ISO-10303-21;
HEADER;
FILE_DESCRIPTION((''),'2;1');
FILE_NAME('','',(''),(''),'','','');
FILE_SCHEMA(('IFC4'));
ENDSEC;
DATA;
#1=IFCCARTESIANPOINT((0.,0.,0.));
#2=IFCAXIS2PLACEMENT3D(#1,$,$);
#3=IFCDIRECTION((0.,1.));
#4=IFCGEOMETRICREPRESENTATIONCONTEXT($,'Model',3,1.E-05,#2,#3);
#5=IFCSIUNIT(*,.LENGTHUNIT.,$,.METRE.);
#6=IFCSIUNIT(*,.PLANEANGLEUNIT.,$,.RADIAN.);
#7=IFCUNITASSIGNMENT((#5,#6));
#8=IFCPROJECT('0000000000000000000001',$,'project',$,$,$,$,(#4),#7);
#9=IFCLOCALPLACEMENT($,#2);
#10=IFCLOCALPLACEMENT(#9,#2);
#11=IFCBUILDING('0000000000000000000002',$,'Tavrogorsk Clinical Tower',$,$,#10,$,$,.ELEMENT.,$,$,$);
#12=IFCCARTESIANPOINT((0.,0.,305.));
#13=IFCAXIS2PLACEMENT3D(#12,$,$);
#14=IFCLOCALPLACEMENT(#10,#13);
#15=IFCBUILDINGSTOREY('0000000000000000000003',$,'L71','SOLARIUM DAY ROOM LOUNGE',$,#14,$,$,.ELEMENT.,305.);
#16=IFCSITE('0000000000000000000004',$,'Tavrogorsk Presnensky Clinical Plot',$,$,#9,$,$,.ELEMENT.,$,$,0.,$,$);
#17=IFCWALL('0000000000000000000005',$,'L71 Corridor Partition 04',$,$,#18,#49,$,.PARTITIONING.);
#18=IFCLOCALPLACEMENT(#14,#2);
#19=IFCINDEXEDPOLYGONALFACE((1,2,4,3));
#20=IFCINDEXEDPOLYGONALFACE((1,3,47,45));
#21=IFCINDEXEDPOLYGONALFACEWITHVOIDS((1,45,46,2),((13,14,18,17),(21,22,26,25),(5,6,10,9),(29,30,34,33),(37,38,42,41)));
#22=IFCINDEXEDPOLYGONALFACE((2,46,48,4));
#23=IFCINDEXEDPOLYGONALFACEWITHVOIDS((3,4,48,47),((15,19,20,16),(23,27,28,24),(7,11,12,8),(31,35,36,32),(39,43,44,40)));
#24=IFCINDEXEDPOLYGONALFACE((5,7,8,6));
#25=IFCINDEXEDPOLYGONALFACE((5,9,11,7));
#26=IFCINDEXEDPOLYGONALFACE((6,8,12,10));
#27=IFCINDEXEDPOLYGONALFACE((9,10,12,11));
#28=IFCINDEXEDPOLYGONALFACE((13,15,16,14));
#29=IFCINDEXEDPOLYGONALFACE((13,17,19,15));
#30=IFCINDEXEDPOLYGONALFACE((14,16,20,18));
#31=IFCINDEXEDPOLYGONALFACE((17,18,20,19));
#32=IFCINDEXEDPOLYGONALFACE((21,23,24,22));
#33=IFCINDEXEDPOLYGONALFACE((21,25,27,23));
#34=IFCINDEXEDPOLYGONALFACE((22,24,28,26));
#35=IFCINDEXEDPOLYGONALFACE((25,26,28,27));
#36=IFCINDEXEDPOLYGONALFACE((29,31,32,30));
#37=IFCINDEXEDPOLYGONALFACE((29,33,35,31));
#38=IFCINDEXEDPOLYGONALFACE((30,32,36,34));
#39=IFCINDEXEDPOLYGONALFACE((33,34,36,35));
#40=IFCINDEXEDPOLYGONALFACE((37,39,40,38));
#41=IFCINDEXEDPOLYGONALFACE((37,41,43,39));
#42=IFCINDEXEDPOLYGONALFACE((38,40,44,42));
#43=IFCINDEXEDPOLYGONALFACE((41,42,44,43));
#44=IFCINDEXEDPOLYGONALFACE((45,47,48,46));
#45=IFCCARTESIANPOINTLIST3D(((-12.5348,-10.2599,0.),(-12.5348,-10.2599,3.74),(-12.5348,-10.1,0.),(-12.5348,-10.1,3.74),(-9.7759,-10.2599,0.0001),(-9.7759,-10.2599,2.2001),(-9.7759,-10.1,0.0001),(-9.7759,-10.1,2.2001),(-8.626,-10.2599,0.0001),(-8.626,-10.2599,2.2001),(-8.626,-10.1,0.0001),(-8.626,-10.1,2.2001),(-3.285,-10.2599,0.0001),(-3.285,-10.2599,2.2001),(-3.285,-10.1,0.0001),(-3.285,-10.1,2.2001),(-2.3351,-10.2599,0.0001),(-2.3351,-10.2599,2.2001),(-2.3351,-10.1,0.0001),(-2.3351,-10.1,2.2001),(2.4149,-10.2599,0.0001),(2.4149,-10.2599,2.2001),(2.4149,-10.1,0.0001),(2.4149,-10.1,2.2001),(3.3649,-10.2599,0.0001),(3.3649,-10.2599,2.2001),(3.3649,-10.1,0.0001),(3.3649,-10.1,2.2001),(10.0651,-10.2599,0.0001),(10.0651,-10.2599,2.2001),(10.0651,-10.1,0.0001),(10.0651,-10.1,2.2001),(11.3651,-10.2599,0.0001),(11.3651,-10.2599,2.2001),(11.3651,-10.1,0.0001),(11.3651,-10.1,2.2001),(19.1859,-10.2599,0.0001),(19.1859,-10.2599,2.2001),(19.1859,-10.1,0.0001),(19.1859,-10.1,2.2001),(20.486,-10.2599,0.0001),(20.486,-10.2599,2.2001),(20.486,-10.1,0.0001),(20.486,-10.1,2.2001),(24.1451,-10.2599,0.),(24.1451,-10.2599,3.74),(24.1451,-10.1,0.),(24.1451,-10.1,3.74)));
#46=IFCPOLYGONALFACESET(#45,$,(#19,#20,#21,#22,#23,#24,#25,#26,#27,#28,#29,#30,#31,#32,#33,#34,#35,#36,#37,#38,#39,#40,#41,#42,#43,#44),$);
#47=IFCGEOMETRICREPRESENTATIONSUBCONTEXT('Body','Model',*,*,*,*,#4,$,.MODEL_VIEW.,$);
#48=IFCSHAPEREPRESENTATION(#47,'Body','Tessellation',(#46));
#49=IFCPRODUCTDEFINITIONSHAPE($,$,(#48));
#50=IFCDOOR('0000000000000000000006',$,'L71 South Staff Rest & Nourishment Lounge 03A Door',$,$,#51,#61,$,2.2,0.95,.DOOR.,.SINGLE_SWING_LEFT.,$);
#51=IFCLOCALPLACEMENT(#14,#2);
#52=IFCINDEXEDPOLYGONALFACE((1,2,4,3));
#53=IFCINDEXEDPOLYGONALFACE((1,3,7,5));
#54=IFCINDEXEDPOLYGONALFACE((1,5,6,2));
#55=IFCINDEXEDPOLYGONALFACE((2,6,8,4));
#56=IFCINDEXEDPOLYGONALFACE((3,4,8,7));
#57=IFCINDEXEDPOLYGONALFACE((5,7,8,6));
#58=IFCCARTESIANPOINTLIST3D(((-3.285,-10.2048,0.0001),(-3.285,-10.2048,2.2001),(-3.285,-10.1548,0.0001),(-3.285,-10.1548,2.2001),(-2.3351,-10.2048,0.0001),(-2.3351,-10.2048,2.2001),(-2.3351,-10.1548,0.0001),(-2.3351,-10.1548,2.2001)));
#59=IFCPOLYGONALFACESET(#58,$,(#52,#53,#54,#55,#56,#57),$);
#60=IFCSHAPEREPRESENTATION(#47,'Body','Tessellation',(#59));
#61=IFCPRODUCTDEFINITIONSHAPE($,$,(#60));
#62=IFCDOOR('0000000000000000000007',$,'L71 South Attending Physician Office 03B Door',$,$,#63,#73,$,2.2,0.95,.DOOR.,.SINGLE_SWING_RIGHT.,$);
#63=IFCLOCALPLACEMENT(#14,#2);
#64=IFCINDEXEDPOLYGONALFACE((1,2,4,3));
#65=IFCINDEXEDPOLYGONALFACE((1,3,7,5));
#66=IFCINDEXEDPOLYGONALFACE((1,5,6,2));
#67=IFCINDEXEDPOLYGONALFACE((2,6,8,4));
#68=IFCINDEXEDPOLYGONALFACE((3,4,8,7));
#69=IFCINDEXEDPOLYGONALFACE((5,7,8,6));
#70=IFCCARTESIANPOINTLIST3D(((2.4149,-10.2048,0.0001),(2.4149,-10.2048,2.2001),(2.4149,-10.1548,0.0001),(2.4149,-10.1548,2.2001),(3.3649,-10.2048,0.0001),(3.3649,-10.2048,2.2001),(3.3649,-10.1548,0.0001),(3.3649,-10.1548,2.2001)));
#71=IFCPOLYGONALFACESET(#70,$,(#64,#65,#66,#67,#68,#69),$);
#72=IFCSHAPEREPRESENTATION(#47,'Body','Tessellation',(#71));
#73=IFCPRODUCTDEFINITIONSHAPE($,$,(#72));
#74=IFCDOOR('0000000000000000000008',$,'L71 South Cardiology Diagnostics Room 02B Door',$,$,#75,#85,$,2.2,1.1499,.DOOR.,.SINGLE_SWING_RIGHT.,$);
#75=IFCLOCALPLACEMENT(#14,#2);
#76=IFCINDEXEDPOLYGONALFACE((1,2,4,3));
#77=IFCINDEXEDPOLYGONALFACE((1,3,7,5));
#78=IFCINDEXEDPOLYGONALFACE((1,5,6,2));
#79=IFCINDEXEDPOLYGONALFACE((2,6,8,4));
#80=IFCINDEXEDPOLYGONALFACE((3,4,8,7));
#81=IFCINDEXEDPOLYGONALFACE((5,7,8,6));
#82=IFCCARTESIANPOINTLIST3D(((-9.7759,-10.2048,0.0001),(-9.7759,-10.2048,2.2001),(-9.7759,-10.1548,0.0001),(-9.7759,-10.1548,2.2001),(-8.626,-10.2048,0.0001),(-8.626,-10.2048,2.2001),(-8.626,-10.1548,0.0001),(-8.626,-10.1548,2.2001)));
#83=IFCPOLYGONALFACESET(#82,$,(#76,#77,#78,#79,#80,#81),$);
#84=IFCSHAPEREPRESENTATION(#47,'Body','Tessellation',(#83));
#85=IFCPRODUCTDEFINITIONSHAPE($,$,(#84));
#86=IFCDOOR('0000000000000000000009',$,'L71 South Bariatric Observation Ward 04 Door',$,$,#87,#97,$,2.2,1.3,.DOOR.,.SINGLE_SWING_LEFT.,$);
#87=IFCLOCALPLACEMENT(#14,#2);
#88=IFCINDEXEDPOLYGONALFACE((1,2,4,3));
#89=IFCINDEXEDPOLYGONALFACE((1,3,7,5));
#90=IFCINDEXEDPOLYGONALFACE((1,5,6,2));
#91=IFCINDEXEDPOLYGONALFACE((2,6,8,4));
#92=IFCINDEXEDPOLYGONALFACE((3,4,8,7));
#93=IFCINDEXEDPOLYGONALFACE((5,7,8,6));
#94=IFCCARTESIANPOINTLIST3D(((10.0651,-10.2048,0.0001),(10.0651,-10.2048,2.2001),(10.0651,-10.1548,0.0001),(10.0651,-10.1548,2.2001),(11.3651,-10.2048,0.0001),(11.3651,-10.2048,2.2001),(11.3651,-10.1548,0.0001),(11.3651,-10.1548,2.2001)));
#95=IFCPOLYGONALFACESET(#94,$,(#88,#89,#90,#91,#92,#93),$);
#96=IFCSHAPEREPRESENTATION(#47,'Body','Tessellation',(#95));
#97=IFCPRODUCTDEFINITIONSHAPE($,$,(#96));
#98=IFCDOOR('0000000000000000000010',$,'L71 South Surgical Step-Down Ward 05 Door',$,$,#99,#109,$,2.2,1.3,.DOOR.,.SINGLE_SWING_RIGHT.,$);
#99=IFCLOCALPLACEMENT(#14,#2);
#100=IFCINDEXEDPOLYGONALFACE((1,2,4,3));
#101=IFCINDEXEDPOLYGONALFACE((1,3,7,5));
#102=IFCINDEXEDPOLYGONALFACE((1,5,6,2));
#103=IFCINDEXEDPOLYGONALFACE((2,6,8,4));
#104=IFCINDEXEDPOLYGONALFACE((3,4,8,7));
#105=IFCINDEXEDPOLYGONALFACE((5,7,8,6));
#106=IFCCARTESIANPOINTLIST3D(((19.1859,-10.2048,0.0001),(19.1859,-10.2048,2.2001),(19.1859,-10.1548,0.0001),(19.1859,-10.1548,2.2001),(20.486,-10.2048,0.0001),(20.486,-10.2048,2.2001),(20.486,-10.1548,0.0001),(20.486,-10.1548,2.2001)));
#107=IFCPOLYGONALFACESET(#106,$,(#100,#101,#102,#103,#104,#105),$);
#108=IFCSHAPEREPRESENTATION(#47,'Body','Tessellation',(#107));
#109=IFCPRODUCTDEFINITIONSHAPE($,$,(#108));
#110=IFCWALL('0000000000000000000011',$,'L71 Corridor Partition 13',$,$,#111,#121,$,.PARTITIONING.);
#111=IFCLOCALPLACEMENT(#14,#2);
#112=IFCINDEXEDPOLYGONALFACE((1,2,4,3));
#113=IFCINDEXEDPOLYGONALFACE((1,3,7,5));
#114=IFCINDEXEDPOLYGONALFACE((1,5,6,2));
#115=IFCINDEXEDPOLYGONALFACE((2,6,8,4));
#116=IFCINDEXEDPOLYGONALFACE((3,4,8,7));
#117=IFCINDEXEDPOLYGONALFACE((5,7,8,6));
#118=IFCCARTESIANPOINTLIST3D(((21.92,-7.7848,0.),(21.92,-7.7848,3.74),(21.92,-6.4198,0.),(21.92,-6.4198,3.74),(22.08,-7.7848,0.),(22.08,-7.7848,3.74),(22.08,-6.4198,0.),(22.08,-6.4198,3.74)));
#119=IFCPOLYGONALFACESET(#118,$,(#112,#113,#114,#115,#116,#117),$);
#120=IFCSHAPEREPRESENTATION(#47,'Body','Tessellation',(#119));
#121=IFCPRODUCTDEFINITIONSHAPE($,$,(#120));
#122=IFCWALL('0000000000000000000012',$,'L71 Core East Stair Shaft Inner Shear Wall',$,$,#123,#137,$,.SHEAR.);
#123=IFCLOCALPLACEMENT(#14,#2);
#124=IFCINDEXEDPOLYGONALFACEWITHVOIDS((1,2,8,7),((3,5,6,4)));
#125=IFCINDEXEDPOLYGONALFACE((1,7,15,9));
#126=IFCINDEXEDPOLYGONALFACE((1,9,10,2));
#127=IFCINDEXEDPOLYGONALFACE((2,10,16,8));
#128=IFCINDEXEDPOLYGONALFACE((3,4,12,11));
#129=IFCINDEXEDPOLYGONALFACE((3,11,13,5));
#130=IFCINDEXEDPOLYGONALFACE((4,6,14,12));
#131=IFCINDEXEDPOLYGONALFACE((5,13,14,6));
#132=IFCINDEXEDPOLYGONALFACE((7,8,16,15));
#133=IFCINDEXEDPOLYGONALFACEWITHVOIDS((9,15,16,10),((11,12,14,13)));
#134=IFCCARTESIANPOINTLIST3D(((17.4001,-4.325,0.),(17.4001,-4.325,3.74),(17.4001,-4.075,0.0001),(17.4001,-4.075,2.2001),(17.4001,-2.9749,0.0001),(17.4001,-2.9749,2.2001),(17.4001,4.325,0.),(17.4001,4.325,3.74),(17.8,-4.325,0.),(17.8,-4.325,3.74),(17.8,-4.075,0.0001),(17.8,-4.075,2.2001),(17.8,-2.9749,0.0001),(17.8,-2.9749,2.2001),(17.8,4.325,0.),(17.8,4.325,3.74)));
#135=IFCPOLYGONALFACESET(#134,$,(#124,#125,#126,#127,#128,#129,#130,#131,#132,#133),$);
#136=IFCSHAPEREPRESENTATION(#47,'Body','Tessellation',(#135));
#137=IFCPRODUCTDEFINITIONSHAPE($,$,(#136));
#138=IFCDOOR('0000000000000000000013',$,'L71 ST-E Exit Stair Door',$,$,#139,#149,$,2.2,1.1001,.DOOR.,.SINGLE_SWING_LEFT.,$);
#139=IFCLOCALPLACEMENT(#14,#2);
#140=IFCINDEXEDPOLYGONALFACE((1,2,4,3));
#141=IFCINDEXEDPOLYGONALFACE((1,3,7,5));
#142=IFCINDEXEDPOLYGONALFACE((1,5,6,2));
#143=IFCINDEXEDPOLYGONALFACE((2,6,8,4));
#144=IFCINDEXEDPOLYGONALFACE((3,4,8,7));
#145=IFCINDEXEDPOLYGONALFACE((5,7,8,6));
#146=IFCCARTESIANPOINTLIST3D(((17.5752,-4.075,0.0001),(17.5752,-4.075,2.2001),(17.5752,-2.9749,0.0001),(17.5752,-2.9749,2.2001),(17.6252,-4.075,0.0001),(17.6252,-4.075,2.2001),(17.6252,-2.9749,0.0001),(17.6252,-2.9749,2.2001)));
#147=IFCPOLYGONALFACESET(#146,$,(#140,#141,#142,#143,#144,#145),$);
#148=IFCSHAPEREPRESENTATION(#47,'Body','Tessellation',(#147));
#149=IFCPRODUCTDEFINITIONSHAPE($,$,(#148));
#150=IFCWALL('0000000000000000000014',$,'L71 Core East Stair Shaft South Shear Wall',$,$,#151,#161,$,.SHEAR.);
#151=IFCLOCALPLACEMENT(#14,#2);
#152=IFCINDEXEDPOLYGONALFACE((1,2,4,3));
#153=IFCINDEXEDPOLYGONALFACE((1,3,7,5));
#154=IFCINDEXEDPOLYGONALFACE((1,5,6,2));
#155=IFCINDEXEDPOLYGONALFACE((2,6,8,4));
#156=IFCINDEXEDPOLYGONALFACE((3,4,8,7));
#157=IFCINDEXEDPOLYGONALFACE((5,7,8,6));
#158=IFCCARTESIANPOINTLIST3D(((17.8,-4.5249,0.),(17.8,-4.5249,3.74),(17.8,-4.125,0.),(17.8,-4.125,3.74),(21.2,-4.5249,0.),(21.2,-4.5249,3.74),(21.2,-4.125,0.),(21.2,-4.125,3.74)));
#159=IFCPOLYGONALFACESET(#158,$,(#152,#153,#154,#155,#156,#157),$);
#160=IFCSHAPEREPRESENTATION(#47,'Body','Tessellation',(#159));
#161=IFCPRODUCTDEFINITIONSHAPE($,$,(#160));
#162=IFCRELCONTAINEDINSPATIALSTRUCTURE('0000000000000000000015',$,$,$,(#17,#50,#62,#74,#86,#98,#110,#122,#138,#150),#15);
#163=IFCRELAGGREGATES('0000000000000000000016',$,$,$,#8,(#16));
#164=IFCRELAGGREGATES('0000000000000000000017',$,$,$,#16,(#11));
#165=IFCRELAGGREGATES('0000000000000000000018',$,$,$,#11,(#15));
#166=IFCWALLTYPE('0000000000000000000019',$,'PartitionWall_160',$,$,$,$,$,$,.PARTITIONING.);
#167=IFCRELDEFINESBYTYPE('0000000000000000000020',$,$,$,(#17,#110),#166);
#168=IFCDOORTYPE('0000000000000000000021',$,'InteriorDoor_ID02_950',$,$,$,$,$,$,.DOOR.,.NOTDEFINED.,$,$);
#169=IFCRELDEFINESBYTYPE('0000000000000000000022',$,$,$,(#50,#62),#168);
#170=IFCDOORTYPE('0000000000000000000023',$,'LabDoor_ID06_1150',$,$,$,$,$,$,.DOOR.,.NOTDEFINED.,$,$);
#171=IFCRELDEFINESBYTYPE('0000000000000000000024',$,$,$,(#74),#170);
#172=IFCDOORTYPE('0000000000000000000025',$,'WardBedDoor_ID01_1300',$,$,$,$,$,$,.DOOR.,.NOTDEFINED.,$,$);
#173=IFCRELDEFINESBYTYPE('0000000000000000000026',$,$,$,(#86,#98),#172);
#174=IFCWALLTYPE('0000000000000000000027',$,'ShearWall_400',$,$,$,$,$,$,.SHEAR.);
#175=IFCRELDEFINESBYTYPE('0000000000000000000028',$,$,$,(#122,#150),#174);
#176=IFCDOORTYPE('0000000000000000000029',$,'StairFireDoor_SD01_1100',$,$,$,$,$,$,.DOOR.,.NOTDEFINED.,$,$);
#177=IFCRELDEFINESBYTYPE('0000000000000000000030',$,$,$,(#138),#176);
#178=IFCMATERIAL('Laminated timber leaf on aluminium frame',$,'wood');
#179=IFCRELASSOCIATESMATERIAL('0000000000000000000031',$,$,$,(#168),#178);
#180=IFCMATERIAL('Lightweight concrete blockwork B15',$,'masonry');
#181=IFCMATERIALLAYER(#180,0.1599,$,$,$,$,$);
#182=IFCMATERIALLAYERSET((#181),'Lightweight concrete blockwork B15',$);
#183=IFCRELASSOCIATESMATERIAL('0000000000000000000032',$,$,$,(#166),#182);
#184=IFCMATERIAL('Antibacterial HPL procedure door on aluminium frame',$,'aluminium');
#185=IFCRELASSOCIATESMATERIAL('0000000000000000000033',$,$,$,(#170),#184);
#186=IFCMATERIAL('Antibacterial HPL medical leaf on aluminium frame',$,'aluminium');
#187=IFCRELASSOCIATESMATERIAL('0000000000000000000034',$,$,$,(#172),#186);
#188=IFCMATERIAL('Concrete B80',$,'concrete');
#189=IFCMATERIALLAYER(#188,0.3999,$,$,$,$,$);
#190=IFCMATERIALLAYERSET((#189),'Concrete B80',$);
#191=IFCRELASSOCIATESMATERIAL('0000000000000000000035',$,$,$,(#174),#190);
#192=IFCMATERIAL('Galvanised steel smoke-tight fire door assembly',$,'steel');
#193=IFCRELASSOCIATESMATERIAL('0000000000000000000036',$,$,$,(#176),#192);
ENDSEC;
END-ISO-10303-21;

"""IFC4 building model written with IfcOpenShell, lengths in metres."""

from ifc_helpers import new_model, si_unit, direction, frame, frame_2d, origin, place, context, subcontext, project, spatial, rectangle, extrude, material, layer, layer_set, type_object, element, fill, save


model = new_model("IFC4")

# Units and contexts
model_context = context("Model", 3, precision=1e-05, world=origin(), true_north=direction((0.0, 1.0)))
body_context = subcontext(model_context, "Body", "Model", "MODEL_VIEW")
ifc_project = project(units=[si_unit("LENGTHUNIT", "METRE"), si_unit("PLANEANGLEUNIT", "RADIAN")], contexts=[model_context])

# Site, building, storey
site_placement = place(None, origin())
site = spatial("IfcSite", under=ifc_project, at=site_placement, Name="Tavrogorsk Presnensky Clinical Plot", CompositionType="ELEMENT", RefElevation=0.0)
building_placement = place(site_placement, origin())
building = spatial("IfcBuilding", under=site, at=building_placement, Name="Tavrogorsk Clinical Tower", CompositionType="ELEMENT")
storey_placement = place(building_placement, frame((0.0, 0.0, 305.0)))
storey = spatial("IfcBuildingStorey", under=building, at=storey_placement, Name="L71", Description="SOLARIUM DAY ROOM LOUNGE", CompositionType="ELEMENT", Elevation=305.0)

# Shared definitions
ifc_material_1 = material(Name="Laminated timber leaf on aluminium frame", Category="wood")
door_type_1 = type_object("IfcDoorType", Name="InteriorDoor_ID02_950", OperationType="NOTDEFINED", PredefinedType="DOOR", material=ifc_material_1)

# Wall, openings, doors
ifc_material_2 = material(Name="Lightweight concrete blockwork B15", Category="masonry")
ifc_layer_1 = layer(ifc_material_2, 0.1599)
ifc_layer_set_1 = layer_set([ifc_layer_1], Name="Lightweight concrete blockwork B15")
wall_type_1 = type_object("IfcWallType", Name="PartitionWall_160", PredefinedType="PARTITIONING", material=ifc_layer_set_1)
wall_1_placement = place(storey_placement, frame((24.145, -10.1799, 0.0), z_axis=(0.0, 0.0, 1.0), x_axis=(-1.0, 0.0, 0.0)))
wall_1 = element("IfcWall", 1, at=wall_1_placement, inside=storey, type_object=wall_type_1, Name="L71 Corridor Partition 04", PredefinedType="PARTITIONING", context=body_context, shape_type="SweptSolid", body=[
    extrude(rectangle(XDim=36.6799, YDim=0.1599, at=frame_2d((18.3398, 0.0))), origin(), (0.0, 0.0, 1.0), 3.74),
])
opening_1_placement = place(wall_1_placement, frame((32.771, 0.0, 0.0)))
opening_1 = element("IfcOpeningElement", 2, at=opening_1_placement, cuts=wall_1, PredefinedType="OPENING", context=body_context, shape_type="SweptSolid", body=[
    extrude(rectangle(XDim=1.1499, YDim=2.2, at=frame_2d((0.575, 1.1001))), frame((0.0, 0.0898, 0.0), z_axis=(0.0, -1.0, 0.0), x_axis=(1.0, 0.0, 0.0)), (0.0, 0.0, 1.0), 0.1799),
])
opening_2_placement = place(wall_1_placement, frame((26.48, 0.0, 0.0)))
opening_2 = element("IfcOpeningElement", 3, at=opening_2_placement, cuts=wall_1, PredefinedType="OPENING", context=body_context, shape_type="SweptSolid", body=[
    extrude(rectangle(XDim=0.95, YDim=2.2, at=frame_2d((0.4751, 1.1001))), frame((0.0, 0.0898, 0.0), z_axis=(0.0, -1.0, 0.0), x_axis=(1.0, 0.0, 0.0)), (0.0, 0.0, 1.0), 0.1799),
])
opening_3_placement = place(wall_1_placement, frame((20.78, 0.0, 0.0)))
opening_3 = element("IfcOpeningElement", 4, at=opening_3_placement, cuts=wall_1, PredefinedType="OPENING", context=body_context, shape_type="SweptSolid", body=[
    extrude(rectangle(XDim=0.95, YDim=2.2, at=frame_2d((0.4751, 1.1001))), frame((0.0, 0.0898, 0.0), z_axis=(0.0, -1.0, 0.0), x_axis=(1.0, 0.0, 0.0)), (0.0, 0.0, 1.0), 0.1799),
])
opening_4_placement = place(wall_1_placement, frame((12.78, 0.0, 0.0)))
opening_4 = element("IfcOpeningElement", 5, at=opening_4_placement, cuts=wall_1, PredefinedType="OPENING", context=body_context, shape_type="SweptSolid", body=[
    extrude(rectangle(XDim=1.3, YDim=2.2, at=frame_2d((0.6499, 1.1001))), frame((0.0, 0.0898, 0.0), z_axis=(0.0, -1.0, 0.0), x_axis=(1.0, 0.0, 0.0)), (0.0, 0.0, 1.0), 0.1799),
])
opening_5_placement = place(wall_1_placement, frame((3.6592, 0.0, 0.0)))
opening_5 = element("IfcOpeningElement", 6, at=opening_5_placement, cuts=wall_1, PredefinedType="OPENING", context=body_context, shape_type="SweptSolid", body=[
    extrude(rectangle(XDim=1.3, YDim=2.2, at=frame_2d((0.6499, 1.1001))), frame((0.0, 0.0898, 0.0), z_axis=(0.0, -1.0, 0.0), x_axis=(1.0, 0.0, 0.0)), (0.0, 0.0, 1.0), 0.1799),
])
door_1_placement = place(opening_2_placement, origin())
door_1 = element("IfcDoor", 7, at=door_1_placement, inside=storey, type_object=door_type_1, Name="L71 South Staff Rest & Nourishment Lounge 03A Door", OperationType="SINGLE_SWING_LEFT", OverallHeight=2.2, OverallWidth=0.95, PredefinedType="DOOR", context=body_context, shape_type="SweptSolid", body=[
    extrude(rectangle(XDim=0.95, YDim=2.2, at=frame_2d((0.4751, 1.1001))), frame((0.0, 0.0249, 0.0), z_axis=(0.0, -1.0, 0.0), x_axis=(1.0, 0.0, 0.0)), (0.0, 0.0, 1.0), 0.05),
])
fill(opening_2, door_1)
door_2_placement = place(opening_3_placement, origin())
door_2 = element("IfcDoor", 8, at=door_2_placement, inside=storey, type_object=door_type_1, Name="L71 South Attending Physician Office 03B Door", OperationType="SINGLE_SWING_RIGHT", OverallHeight=2.2, OverallWidth=0.95, PredefinedType="DOOR", context=body_context, shape_type="SweptSolid", body=[
    extrude(rectangle(XDim=0.95, YDim=2.2, at=frame_2d((0.4751, 1.1001))), frame((0.0, 0.0249, 0.0), z_axis=(0.0, -1.0, 0.0), x_axis=(1.0, 0.0, 0.0)), (0.0, 0.0, 1.0), 0.05),
])
fill(opening_3, door_2)
ifc_material_3 = material(Name="Antibacterial HPL procedure door on aluminium frame", Category="aluminium")
door_type_2 = type_object("IfcDoorType", Name="LabDoor_ID06_1150", OperationType="NOTDEFINED", PredefinedType="DOOR", material=ifc_material_3)
door_3_placement = place(opening_1_placement, origin())
door_3 = element("IfcDoor", 9, at=door_3_placement, inside=storey, type_object=door_type_2, Name="L71 South Cardiology Diagnostics Room 02B Door", OperationType="SINGLE_SWING_RIGHT", OverallHeight=2.2, OverallWidth=1.1499, PredefinedType="DOOR", context=body_context, shape_type="SweptSolid", body=[
    extrude(rectangle(XDim=1.1499, YDim=2.2, at=frame_2d((0.575, 1.1001))), frame((0.0, 0.0249, 0.0), z_axis=(0.0, -1.0, 0.0), x_axis=(1.0, 0.0, 0.0)), (0.0, 0.0, 1.0), 0.05),
])
fill(opening_1, door_3)
ifc_material_4 = material(Name="Antibacterial HPL medical leaf on aluminium frame", Category="aluminium")
door_type_3 = type_object("IfcDoorType", Name="WardBedDoor_ID01_1300", OperationType="NOTDEFINED", PredefinedType="DOOR", material=ifc_material_4)
door_4_placement = place(opening_4_placement, origin())
door_4 = element("IfcDoor", 10, at=door_4_placement, inside=storey, type_object=door_type_3, Name="L71 South Bariatric Observation Ward 04 Door", OperationType="SINGLE_SWING_LEFT", OverallHeight=2.2, OverallWidth=1.3, PredefinedType="DOOR", context=body_context, shape_type="SweptSolid", body=[
    extrude(rectangle(XDim=1.3, YDim=2.2, at=frame_2d((0.6499, 1.1001))), frame((0.0, 0.0249, 0.0), z_axis=(0.0, -1.0, 0.0), x_axis=(1.0, 0.0, 0.0)), (0.0, 0.0, 1.0), 0.05),
])
fill(opening_4, door_4)
door_5_placement = place(opening_5_placement, origin())
door_5 = element("IfcDoor", 11, at=door_5_placement, inside=storey, type_object=door_type_3, Name="L71 South Surgical Step-Down Ward 05 Door", OperationType="SINGLE_SWING_RIGHT", OverallHeight=2.2, OverallWidth=1.3, PredefinedType="DOOR", context=body_context, shape_type="SweptSolid", body=[
    extrude(rectangle(XDim=1.3, YDim=2.2, at=frame_2d((0.6499, 1.1001))), frame((0.0, 0.0249, 0.0), z_axis=(0.0, -1.0, 0.0), x_axis=(1.0, 0.0, 0.0)), (0.0, 0.0, 1.0), 0.05),
])
fill(opening_5, door_5)

# Wall
wall_2_placement = place(storey_placement, frame((22.0, -7.7849, 0.0), z_axis=(0.0, 0.0, 1.0), x_axis=(0.0, 1.0, 0.0)))
element("IfcWall", 12, at=wall_2_placement, inside=storey, type_object=wall_type_1, Name="L71 Corridor Partition 13", PredefinedType="PARTITIONING", context=body_context, shape_type="SweptSolid", body=[
    extrude(rectangle(XDim=1.365, YDim=0.1599, at=frame_2d((0.6826, 0.0))), origin(), (0.0, 0.0, 1.0), 3.74),
])

# Wall, opening, door
ifc_material_5 = material(Name="Concrete B80", Category="concrete")
ifc_layer_2 = layer(ifc_material_5, 0.3999)
ifc_layer_set_2 = layer_set([ifc_layer_2], Name="Concrete B80")
wall_type_2 = type_object("IfcWallType", Name="ShearWall_400", PredefinedType="SHEAR", material=ifc_layer_set_2)
wall_3_placement = place(storey_placement, frame((17.6001, -4.325, 0.0), z_axis=(0.0, 0.0, 1.0), x_axis=(0.0, 1.0, 0.0)))
wall_3 = element("IfcWall", 13, at=wall_3_placement, inside=storey, type_object=wall_type_2, Name="L71 Core East Stair Shaft Inner Shear Wall", PredefinedType="SHEAR", context=body_context, shape_type="SweptSolid", body=[
    extrude(rectangle(XDim=8.6499, YDim=0.3999, at=frame_2d((4.325, 0.0))), origin(), (0.0, 0.0, 1.0), 3.74),
])
opening_6_placement = place(wall_3_placement, frame((0.25, 0.0, 0.0)))
opening_6 = element("IfcOpeningElement", 14, at=opening_6_placement, cuts=wall_3, PredefinedType="OPENING", context=body_context, shape_type="SweptSolid", body=[
    extrude(rectangle(XDim=1.1001, YDim=2.2, at=frame_2d((0.55, 1.1001))), frame((0.0, 0.21, 0.0), z_axis=(0.0, -1.0, 0.0), x_axis=(1.0, 0.0, 0.0)), (0.0, 0.0, 1.0), 0.4199),
])
ifc_material_6 = material(Name="Galvanised steel smoke-tight fire door assembly", Category="steel")
door_type_4 = type_object("IfcDoorType", Name="StairFireDoor_SD01_1100", OperationType="NOTDEFINED", PredefinedType="DOOR", material=ifc_material_6)
door_6_placement = place(opening_6_placement, origin())
door_6 = element("IfcDoor", 15, at=door_6_placement, inside=storey, type_object=door_type_4, Name="L71 ST-E Exit Stair Door", OperationType="SINGLE_SWING_LEFT", OverallHeight=2.2, OverallWidth=1.1001, PredefinedType="DOOR", context=body_context, shape_type="SweptSolid", body=[
    extrude(rectangle(XDim=1.1001, YDim=2.2, at=frame_2d((0.55, 1.1001))), frame((0.0, 0.0249, 0.0), z_axis=(0.0, -1.0, 0.0), x_axis=(1.0, 0.0, 0.0)), (0.0, 0.0, 1.0), 0.05),
])
fill(opening_6, door_6)

# Wall
wall_4_placement = place(storey_placement, frame((17.8, -4.325, 0.0), z_axis=(0.0, 0.0, 1.0), x_axis=(1.0, 0.0, 0.0)))
element("IfcWall", 16, at=wall_4_placement, inside=storey, type_object=wall_type_2, Name="L71 Core East Stair Shaft South Shear Wall", PredefinedType="SHEAR", context=body_context, shape_type="SweptSolid", body=[
    extrude(rectangle(XDim=3.3999, YDim=0.3999, at=frame_2d((1.7, 0.0))), origin(), (0.0, 0.0, 1.0), 3.74),
])

save(model, "model.ifc")
